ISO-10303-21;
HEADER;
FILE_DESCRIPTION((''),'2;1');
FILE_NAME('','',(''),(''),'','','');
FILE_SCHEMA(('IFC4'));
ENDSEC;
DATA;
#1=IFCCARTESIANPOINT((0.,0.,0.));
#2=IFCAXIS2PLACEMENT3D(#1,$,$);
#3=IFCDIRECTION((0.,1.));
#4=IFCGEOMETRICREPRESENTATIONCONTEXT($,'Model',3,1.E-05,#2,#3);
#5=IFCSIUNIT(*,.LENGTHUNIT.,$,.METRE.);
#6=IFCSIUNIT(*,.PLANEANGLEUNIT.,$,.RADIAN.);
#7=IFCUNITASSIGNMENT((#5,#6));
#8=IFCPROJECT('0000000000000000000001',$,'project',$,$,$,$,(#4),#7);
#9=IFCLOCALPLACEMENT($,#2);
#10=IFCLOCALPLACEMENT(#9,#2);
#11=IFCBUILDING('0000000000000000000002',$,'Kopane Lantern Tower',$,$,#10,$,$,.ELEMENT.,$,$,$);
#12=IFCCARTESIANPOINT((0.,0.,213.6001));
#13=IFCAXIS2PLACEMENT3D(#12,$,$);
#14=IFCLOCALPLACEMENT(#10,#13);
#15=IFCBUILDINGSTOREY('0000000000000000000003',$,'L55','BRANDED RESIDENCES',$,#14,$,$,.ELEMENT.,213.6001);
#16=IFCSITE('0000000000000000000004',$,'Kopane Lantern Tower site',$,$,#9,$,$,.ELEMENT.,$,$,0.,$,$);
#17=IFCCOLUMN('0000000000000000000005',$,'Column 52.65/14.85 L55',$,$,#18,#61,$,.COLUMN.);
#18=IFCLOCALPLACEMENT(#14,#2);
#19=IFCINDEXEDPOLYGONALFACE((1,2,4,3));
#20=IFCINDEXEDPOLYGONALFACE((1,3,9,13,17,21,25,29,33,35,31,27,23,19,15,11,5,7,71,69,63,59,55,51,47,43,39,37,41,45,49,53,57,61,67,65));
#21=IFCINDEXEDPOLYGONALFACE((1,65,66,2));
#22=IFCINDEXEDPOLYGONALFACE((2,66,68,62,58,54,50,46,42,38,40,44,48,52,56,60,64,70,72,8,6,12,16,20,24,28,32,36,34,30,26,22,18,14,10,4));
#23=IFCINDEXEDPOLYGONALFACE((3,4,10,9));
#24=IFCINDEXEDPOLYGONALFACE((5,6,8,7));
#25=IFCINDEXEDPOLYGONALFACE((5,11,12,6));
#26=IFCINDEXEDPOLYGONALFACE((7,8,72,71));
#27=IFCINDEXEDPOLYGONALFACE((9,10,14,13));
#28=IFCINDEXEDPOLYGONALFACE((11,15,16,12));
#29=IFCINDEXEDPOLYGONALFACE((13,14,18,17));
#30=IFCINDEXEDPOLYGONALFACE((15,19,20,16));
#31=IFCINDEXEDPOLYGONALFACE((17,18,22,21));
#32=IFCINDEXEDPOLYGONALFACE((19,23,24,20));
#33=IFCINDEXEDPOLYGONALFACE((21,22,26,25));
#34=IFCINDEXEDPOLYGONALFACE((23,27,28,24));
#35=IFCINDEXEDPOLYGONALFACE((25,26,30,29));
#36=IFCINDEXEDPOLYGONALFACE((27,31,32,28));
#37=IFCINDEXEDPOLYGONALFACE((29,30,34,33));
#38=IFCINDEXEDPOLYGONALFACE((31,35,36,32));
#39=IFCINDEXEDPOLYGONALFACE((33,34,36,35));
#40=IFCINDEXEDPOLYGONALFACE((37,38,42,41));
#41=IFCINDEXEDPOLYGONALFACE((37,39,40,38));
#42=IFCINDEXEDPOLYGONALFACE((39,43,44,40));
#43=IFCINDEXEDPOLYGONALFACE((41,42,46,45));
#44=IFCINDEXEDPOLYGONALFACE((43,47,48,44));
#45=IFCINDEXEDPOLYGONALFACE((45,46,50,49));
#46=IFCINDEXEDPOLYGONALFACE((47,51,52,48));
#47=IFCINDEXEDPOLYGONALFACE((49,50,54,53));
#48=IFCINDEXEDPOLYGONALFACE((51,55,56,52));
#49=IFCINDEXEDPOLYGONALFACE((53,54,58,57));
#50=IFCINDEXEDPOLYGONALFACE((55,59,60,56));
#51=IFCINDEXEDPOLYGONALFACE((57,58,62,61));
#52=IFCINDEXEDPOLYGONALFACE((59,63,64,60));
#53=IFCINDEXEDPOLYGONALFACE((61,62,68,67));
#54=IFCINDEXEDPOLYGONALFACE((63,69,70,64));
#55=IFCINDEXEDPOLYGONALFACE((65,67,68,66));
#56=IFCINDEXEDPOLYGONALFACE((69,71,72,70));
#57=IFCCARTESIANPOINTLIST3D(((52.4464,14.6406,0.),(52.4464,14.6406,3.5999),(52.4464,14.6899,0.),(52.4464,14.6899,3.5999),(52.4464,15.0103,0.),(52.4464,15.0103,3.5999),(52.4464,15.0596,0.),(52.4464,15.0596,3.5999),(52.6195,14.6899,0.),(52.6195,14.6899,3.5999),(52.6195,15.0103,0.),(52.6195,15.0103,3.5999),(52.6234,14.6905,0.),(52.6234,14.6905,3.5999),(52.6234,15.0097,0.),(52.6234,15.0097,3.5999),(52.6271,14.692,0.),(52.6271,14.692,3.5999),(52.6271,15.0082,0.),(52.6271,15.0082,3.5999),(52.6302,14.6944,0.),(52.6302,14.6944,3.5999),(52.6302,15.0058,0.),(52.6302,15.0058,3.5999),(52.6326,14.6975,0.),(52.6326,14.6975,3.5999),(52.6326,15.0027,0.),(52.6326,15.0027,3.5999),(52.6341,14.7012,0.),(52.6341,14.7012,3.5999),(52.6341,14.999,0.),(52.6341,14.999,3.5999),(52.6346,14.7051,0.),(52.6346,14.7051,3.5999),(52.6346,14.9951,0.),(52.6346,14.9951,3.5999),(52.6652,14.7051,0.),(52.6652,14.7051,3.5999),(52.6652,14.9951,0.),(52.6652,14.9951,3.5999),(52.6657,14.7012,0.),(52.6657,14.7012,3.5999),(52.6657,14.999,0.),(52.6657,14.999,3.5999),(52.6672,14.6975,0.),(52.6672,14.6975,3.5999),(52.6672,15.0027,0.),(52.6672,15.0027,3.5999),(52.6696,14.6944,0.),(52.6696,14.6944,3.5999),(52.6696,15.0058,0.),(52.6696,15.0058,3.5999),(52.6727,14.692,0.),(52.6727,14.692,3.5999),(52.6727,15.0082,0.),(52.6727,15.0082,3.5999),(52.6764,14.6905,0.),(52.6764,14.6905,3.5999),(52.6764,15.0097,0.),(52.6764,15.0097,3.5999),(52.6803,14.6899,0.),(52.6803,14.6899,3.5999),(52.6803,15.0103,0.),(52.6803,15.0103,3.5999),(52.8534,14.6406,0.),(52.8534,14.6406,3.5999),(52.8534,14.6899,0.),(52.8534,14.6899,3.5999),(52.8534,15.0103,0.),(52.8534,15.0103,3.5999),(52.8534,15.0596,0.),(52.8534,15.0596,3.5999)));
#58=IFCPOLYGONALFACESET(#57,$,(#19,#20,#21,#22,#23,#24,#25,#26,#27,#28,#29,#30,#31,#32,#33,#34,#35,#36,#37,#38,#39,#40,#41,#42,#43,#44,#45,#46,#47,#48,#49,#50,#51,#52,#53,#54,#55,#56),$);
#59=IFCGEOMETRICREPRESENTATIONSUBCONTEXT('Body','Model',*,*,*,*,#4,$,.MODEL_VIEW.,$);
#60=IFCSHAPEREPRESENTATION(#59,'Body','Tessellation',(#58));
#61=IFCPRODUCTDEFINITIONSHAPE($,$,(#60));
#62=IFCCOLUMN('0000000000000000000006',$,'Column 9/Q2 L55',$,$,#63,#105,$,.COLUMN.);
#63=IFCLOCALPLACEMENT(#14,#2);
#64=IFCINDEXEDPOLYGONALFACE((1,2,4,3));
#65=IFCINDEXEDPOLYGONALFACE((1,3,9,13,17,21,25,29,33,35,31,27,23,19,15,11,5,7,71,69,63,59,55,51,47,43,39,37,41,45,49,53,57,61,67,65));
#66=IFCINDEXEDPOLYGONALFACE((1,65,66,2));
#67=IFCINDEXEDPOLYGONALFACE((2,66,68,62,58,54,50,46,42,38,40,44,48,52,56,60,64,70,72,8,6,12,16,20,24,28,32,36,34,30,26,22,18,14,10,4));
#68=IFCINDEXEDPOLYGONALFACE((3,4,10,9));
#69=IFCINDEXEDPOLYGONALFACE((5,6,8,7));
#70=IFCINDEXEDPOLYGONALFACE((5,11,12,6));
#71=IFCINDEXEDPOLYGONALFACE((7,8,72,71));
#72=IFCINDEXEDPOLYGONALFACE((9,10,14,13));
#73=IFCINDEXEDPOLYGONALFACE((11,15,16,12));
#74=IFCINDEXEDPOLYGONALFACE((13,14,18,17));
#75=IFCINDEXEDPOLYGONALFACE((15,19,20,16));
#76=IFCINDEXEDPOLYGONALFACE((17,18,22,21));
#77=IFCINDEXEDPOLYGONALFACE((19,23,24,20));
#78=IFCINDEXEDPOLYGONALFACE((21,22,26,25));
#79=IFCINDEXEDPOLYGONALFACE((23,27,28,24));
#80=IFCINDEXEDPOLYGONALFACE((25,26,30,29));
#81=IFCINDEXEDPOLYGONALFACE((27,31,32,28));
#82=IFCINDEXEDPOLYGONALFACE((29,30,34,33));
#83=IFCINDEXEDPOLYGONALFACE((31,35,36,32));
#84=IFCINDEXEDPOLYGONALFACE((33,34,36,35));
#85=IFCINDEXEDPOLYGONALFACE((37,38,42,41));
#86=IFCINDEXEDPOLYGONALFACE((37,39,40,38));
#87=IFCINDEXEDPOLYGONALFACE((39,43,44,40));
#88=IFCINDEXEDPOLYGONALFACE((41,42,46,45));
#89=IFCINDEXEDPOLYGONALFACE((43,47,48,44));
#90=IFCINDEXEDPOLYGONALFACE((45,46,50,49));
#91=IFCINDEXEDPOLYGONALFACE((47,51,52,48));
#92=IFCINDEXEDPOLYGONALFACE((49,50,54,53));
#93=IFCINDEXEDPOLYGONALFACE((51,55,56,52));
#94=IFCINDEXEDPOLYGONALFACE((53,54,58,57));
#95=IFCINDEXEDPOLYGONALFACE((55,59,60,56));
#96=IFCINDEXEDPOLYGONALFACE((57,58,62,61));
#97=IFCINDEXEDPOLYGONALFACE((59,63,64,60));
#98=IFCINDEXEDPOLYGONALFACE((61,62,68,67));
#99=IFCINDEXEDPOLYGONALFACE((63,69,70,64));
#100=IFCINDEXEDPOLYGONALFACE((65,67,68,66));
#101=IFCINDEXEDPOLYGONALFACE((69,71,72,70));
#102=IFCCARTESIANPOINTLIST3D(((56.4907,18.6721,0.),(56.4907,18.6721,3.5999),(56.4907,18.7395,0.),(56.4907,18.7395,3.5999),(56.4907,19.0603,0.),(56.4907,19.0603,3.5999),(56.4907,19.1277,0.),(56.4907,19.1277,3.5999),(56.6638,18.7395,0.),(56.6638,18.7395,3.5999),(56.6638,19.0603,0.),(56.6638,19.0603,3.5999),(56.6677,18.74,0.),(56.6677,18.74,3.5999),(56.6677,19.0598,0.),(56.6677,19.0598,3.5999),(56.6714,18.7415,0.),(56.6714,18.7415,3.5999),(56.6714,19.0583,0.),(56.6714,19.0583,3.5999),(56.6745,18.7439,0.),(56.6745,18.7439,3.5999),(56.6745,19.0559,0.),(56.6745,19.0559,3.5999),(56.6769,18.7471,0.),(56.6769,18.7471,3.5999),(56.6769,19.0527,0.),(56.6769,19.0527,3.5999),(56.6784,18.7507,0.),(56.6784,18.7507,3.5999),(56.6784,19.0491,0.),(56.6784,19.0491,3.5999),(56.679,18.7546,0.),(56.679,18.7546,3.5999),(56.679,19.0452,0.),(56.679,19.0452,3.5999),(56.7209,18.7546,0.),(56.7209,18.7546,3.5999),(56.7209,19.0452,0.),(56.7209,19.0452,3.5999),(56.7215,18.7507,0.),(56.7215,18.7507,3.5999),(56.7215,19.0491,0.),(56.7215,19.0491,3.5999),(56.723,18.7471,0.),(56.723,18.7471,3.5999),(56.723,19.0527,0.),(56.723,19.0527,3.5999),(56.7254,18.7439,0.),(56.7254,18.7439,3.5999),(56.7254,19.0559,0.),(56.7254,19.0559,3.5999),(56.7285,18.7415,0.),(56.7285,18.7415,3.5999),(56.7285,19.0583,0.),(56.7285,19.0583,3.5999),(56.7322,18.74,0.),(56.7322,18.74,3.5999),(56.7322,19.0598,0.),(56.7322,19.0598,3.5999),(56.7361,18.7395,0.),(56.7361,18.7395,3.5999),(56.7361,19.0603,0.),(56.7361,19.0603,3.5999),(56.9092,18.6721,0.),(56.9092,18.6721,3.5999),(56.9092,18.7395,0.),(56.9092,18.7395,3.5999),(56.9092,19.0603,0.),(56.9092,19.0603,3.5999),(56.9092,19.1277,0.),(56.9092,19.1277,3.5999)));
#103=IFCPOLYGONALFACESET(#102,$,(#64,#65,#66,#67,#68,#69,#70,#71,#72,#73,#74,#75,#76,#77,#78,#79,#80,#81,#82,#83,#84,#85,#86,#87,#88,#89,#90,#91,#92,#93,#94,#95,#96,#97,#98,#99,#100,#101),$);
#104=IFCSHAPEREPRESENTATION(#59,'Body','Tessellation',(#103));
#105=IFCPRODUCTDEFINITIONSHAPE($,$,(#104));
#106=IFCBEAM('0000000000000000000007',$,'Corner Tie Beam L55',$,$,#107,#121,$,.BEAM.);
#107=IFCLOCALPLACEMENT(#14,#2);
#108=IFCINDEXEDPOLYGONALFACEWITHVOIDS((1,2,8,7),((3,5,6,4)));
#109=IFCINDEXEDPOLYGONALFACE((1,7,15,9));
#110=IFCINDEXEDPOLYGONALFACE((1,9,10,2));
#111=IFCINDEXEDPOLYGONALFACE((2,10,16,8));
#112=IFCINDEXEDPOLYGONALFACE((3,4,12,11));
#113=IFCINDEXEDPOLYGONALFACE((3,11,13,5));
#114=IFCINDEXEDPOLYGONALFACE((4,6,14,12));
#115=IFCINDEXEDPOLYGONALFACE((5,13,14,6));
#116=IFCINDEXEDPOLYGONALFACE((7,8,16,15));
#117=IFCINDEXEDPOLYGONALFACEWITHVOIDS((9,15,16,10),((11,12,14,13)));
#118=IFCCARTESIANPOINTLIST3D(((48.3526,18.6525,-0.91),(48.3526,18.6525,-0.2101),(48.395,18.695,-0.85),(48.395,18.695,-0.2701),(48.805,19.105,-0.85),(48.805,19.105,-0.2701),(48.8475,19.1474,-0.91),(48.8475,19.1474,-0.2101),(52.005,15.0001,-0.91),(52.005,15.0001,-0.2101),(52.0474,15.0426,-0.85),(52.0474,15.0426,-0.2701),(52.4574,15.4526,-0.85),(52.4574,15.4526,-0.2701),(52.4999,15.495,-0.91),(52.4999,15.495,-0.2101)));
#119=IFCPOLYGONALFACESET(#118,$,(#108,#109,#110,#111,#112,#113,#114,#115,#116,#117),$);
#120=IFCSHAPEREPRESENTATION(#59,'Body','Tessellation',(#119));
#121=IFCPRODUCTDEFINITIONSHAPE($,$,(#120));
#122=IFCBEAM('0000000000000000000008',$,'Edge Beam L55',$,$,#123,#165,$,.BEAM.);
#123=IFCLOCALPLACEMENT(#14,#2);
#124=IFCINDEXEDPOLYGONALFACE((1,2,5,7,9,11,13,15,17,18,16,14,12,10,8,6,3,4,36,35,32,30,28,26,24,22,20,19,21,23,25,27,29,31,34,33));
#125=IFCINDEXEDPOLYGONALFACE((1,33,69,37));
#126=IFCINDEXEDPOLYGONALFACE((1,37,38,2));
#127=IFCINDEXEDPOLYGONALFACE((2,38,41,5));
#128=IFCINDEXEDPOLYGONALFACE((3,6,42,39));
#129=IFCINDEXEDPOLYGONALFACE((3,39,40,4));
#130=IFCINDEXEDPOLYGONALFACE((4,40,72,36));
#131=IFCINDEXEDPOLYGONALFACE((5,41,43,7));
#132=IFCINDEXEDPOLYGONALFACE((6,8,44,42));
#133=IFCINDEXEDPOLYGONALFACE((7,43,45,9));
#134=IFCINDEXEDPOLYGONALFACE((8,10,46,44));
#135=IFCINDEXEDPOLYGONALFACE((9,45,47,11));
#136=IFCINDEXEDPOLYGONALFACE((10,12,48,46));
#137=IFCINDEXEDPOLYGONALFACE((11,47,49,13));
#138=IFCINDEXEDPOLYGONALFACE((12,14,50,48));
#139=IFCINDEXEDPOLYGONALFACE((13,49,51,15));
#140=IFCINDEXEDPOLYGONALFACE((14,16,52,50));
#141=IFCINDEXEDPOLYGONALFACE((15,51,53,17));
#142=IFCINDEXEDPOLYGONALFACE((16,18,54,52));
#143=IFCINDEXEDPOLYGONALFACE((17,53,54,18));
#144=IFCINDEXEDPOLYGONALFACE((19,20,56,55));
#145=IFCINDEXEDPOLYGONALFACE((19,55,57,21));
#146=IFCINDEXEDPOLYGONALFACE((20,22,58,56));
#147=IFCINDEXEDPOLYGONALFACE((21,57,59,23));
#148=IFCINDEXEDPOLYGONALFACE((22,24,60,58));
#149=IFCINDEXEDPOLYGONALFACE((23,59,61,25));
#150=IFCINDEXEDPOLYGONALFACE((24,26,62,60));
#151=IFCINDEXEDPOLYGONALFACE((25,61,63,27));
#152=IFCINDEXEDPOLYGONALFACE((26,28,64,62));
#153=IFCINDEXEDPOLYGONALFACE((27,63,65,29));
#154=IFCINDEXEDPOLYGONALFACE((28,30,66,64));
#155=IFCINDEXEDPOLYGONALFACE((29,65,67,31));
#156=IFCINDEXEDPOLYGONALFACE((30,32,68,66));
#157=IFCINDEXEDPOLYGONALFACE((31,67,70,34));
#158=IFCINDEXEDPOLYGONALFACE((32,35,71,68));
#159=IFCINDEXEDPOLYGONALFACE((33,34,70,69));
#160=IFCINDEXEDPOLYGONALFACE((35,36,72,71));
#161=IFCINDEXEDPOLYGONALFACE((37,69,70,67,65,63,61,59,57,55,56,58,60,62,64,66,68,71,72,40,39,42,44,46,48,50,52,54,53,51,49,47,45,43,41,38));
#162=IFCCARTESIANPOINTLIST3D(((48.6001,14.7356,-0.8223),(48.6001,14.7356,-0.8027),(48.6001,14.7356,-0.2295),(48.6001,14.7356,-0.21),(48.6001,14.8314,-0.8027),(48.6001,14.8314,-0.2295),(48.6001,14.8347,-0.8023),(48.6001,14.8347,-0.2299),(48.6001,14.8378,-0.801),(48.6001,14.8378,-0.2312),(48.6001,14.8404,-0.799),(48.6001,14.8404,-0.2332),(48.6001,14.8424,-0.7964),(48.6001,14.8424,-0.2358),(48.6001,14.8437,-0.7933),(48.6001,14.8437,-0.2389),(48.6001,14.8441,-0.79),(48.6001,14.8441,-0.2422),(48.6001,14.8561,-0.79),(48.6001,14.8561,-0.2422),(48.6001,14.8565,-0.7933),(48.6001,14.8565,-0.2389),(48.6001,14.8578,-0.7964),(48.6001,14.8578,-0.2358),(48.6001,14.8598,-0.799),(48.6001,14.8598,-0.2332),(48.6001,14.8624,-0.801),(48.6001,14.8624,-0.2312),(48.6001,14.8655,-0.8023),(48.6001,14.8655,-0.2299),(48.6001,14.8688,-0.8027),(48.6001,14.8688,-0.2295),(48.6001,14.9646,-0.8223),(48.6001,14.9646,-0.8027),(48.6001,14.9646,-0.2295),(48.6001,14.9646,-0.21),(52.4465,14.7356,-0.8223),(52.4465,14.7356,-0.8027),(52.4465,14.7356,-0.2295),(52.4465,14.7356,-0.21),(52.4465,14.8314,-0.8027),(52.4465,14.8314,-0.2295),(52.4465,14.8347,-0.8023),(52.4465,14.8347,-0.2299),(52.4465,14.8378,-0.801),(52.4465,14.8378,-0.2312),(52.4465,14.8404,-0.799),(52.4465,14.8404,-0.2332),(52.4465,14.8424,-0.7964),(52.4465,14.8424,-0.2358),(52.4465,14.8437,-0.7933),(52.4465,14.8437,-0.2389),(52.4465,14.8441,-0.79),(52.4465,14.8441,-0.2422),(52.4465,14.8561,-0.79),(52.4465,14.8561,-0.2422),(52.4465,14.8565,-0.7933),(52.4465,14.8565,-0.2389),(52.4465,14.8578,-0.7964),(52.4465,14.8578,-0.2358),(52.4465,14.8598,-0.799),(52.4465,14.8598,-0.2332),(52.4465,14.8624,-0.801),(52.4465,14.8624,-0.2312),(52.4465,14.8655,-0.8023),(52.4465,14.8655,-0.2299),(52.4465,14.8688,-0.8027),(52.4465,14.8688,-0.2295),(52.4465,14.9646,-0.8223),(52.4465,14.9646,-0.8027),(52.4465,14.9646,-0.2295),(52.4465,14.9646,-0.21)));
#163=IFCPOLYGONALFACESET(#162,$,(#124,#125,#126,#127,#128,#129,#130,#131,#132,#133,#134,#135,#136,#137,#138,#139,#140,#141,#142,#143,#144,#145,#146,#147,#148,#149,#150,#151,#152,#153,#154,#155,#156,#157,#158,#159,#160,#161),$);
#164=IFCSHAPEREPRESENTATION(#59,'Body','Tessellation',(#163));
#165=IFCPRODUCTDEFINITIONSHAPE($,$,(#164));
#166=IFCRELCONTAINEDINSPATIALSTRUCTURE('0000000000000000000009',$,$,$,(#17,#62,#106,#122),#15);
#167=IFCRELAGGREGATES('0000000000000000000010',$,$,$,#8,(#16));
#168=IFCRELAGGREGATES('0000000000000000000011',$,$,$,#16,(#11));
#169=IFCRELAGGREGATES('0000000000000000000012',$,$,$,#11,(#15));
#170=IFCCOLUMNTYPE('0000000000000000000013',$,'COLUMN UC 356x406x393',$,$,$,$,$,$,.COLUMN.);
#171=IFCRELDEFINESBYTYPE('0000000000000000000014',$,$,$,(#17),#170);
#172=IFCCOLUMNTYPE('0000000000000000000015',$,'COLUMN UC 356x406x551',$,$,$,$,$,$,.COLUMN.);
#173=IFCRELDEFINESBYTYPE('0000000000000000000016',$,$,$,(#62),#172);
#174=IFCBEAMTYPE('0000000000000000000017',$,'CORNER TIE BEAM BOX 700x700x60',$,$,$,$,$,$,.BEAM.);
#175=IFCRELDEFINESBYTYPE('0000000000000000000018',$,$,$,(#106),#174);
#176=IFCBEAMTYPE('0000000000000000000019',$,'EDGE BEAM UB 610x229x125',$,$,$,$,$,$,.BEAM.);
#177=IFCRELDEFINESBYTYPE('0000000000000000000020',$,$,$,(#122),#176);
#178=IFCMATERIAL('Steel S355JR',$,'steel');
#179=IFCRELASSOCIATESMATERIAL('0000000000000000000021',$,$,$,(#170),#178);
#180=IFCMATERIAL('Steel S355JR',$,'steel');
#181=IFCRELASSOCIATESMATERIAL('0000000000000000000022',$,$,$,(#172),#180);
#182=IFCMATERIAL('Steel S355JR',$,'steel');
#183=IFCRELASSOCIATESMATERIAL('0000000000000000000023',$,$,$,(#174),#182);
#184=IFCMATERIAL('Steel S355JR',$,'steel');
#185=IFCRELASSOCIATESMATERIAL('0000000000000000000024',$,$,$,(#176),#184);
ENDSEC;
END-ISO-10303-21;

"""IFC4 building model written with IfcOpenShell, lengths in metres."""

from ifc_helpers import new_model, si_unit, direction, frame, origin, origin_2d, place, context, subcontext, project, spatial, hollow_rectangle, i_section, extrude, material, material_profile, profile_set, type_object, element, save


model = new_model("IFC4")

# Units and contexts
model_context = context("Model", 3, precision=1e-05, world=origin(), true_north=direction((0.0, 1.0)))
body_context = subcontext(model_context, "Body", "Model", "MODEL_VIEW")
ifc_project = project(units=[si_unit("LENGTHUNIT", "METRE"), si_unit("PLANEANGLEUNIT", "RADIAN")], contexts=[model_context])

# Site, building, storey
site_placement = place(None, origin())
site = spatial("IfcSite", under=ifc_project, at=site_placement, Name="Kopane Lantern Tower site", CompositionType="ELEMENT", RefElevation=0.0)
building_placement = place(site_placement, origin())
building = spatial("IfcBuilding", under=site, at=building_placement, Name="Kopane Lantern Tower", CompositionType="ELEMENT")
storey_placement = place(building_placement, frame((0.0, 0.0, 213.6001)))
storey = spatial("IfcBuildingStorey", under=building, at=storey_placement, Name="L55", Description="BRANDED RESIDENCES", CompositionType="ELEMENT", Elevation=213.6001)

# Columns
ifc_material_1 = material(Name="Steel S355JR", Category="steel")
ifc_material_profile_1 = material_profile(ifc_material_1, i_section(OverallWidth=0.407, OverallDepth=0.4189, WebThickness=0.0305, FlangeThickness=0.0493, FilletRadius=0.0151, at=origin_2d()), Name="UC 356x406x393")
ifc_profile_set_1 = profile_set([ifc_material_profile_1], Name="Steel S355JR")
column_type_1 = type_object("IfcColumnType", Name="COLUMN UC 356x406x393", PredefinedType="COLUMN", material=ifc_profile_set_1)
column_1_placement = place(storey_placement, frame((52.6499, 14.8501, 0.0), z_axis=(0.0, 0.0, 1.0), x_axis=(1.0, 0.0, 0.0)))
element("IfcColumn", 1, at=column_1_placement, inside=storey, type_object=column_type_1, Name="Column 52.65/14.85 L55", PredefinedType="COLUMN", context=body_context, shape_type="SweptSolid", body=[
    extrude(i_section(OverallWidth=0.407, OverallDepth=0.4189, WebThickness=0.0305, FlangeThickness=0.0493, FilletRadius=0.0151, at=origin_2d()), origin(), (0.0, 0.0, 1.0), 3.5999),
])
ifc_material_2 = material(Name="Steel S355JR", Category="steel")
ifc_material_profile_2 = material_profile(ifc_material_2, i_section(OverallWidth=0.4185, OverallDepth=0.4556, WebThickness=0.042, FlangeThickness=0.0674, FilletRadius=0.0151, at=origin_2d()), Name="UC 356x406x551")
ifc_profile_set_2 = profile_set([ifc_material_profile_2], Name="Steel S355JR")
column_type_2 = type_object("IfcColumnType", Name="COLUMN UC 356x406x551", PredefinedType="COLUMN", material=ifc_profile_set_2)
column_2_placement = place(storey_placement, frame((56.7, 18.8999, 0.0), z_axis=(0.0, 0.0, 1.0), x_axis=(1.0, 0.0, 0.0)))
element("IfcColumn", 2, at=column_2_placement, inside=storey, type_object=column_type_2, Name="Column 9/Q2 L55", PredefinedType="COLUMN", context=body_context, shape_type="SweptSolid", body=[
    extrude(i_section(OverallWidth=0.4185, OverallDepth=0.4556, WebThickness=0.042, FlangeThickness=0.0674, FilletRadius=0.0151, at=origin_2d()), origin(), (0.0, 0.0, 1.0), 3.5999),
])

# Beams
ifc_material_3 = material(Name="Steel S355JR", Category="steel")
ifc_material_profile_3 = material_profile(ifc_material_3, hollow_rectangle(XDim=0.7, YDim=0.7, WallThickness=0.0601, at=origin_2d()), Name="BOX 700x700x60")
ifc_profile_set_3 = profile_set([ifc_material_profile_3], Name="Steel S355JR")
beam_type_1 = type_object("IfcBeamType", Name="CORNER TIE BEAM BOX 700x700x60", PredefinedType="BEAM", material=ifc_profile_set_3)
beam_1_placement = place(storey_placement, frame((52.2524, 15.2476, -0.5601), z_axis=(-0.707107, 0.707107, 0.0), x_axis=(-0.707107, -0.707107, 0.0)))
element("IfcBeam", 3, at=beam_1_placement, inside=storey, type_object=beam_type_1, Name="Corner Tie Beam L55", PredefinedType="BEAM", context=body_context, shape_type="SweptSolid", body=[
    extrude(hollow_rectangle(XDim=0.7, YDim=0.7, WallThickness=0.0601, at=origin_2d()), origin(), (0.0, 0.0, 1.0), 5.1653),
])
ifc_material_4 = material(Name="Steel S355JR", Category="steel")
ifc_material_profile_4 = material_profile(ifc_material_4, i_section(OverallWidth=0.229, OverallDepth=0.6123, WebThickness=0.012, FlangeThickness=0.0195, FilletRadius=0.0127, at=origin_2d()), Name="UB 610x229x125")
ifc_profile_set_4 = profile_set([ifc_material_profile_4], Name="Steel S355JR")
beam_type_2 = type_object("IfcBeamType", Name="EDGE BEAM UB 610x229x125", PredefinedType="BEAM", material=ifc_profile_set_4)
for number, where, z_axis, x_axis, name in (
    (4, (52.4465, 14.8501, -0.5161), (-1.0, 0.0, 0.0), (0.0, -1.0, 0.0), "Edge Beam L55"),
):
    element("IfcBeam", number, at=place(storey_placement, frame(where, z_axis=z_axis, x_axis=x_axis)), inside=storey, type_object=beam_type_2, Name=name, PredefinedType="BEAM", context=body_context, shape_type="SweptSolid", body=[
        extrude(i_section(OverallWidth=0.229, OverallDepth=0.6123, WebThickness=0.012, FlangeThickness=0.0195, FilletRadius=0.0127, at=origin_2d()), origin(), (0.0, 0.0, 1.0), 3.8464),
    ])

save(model, "model.ifc")
